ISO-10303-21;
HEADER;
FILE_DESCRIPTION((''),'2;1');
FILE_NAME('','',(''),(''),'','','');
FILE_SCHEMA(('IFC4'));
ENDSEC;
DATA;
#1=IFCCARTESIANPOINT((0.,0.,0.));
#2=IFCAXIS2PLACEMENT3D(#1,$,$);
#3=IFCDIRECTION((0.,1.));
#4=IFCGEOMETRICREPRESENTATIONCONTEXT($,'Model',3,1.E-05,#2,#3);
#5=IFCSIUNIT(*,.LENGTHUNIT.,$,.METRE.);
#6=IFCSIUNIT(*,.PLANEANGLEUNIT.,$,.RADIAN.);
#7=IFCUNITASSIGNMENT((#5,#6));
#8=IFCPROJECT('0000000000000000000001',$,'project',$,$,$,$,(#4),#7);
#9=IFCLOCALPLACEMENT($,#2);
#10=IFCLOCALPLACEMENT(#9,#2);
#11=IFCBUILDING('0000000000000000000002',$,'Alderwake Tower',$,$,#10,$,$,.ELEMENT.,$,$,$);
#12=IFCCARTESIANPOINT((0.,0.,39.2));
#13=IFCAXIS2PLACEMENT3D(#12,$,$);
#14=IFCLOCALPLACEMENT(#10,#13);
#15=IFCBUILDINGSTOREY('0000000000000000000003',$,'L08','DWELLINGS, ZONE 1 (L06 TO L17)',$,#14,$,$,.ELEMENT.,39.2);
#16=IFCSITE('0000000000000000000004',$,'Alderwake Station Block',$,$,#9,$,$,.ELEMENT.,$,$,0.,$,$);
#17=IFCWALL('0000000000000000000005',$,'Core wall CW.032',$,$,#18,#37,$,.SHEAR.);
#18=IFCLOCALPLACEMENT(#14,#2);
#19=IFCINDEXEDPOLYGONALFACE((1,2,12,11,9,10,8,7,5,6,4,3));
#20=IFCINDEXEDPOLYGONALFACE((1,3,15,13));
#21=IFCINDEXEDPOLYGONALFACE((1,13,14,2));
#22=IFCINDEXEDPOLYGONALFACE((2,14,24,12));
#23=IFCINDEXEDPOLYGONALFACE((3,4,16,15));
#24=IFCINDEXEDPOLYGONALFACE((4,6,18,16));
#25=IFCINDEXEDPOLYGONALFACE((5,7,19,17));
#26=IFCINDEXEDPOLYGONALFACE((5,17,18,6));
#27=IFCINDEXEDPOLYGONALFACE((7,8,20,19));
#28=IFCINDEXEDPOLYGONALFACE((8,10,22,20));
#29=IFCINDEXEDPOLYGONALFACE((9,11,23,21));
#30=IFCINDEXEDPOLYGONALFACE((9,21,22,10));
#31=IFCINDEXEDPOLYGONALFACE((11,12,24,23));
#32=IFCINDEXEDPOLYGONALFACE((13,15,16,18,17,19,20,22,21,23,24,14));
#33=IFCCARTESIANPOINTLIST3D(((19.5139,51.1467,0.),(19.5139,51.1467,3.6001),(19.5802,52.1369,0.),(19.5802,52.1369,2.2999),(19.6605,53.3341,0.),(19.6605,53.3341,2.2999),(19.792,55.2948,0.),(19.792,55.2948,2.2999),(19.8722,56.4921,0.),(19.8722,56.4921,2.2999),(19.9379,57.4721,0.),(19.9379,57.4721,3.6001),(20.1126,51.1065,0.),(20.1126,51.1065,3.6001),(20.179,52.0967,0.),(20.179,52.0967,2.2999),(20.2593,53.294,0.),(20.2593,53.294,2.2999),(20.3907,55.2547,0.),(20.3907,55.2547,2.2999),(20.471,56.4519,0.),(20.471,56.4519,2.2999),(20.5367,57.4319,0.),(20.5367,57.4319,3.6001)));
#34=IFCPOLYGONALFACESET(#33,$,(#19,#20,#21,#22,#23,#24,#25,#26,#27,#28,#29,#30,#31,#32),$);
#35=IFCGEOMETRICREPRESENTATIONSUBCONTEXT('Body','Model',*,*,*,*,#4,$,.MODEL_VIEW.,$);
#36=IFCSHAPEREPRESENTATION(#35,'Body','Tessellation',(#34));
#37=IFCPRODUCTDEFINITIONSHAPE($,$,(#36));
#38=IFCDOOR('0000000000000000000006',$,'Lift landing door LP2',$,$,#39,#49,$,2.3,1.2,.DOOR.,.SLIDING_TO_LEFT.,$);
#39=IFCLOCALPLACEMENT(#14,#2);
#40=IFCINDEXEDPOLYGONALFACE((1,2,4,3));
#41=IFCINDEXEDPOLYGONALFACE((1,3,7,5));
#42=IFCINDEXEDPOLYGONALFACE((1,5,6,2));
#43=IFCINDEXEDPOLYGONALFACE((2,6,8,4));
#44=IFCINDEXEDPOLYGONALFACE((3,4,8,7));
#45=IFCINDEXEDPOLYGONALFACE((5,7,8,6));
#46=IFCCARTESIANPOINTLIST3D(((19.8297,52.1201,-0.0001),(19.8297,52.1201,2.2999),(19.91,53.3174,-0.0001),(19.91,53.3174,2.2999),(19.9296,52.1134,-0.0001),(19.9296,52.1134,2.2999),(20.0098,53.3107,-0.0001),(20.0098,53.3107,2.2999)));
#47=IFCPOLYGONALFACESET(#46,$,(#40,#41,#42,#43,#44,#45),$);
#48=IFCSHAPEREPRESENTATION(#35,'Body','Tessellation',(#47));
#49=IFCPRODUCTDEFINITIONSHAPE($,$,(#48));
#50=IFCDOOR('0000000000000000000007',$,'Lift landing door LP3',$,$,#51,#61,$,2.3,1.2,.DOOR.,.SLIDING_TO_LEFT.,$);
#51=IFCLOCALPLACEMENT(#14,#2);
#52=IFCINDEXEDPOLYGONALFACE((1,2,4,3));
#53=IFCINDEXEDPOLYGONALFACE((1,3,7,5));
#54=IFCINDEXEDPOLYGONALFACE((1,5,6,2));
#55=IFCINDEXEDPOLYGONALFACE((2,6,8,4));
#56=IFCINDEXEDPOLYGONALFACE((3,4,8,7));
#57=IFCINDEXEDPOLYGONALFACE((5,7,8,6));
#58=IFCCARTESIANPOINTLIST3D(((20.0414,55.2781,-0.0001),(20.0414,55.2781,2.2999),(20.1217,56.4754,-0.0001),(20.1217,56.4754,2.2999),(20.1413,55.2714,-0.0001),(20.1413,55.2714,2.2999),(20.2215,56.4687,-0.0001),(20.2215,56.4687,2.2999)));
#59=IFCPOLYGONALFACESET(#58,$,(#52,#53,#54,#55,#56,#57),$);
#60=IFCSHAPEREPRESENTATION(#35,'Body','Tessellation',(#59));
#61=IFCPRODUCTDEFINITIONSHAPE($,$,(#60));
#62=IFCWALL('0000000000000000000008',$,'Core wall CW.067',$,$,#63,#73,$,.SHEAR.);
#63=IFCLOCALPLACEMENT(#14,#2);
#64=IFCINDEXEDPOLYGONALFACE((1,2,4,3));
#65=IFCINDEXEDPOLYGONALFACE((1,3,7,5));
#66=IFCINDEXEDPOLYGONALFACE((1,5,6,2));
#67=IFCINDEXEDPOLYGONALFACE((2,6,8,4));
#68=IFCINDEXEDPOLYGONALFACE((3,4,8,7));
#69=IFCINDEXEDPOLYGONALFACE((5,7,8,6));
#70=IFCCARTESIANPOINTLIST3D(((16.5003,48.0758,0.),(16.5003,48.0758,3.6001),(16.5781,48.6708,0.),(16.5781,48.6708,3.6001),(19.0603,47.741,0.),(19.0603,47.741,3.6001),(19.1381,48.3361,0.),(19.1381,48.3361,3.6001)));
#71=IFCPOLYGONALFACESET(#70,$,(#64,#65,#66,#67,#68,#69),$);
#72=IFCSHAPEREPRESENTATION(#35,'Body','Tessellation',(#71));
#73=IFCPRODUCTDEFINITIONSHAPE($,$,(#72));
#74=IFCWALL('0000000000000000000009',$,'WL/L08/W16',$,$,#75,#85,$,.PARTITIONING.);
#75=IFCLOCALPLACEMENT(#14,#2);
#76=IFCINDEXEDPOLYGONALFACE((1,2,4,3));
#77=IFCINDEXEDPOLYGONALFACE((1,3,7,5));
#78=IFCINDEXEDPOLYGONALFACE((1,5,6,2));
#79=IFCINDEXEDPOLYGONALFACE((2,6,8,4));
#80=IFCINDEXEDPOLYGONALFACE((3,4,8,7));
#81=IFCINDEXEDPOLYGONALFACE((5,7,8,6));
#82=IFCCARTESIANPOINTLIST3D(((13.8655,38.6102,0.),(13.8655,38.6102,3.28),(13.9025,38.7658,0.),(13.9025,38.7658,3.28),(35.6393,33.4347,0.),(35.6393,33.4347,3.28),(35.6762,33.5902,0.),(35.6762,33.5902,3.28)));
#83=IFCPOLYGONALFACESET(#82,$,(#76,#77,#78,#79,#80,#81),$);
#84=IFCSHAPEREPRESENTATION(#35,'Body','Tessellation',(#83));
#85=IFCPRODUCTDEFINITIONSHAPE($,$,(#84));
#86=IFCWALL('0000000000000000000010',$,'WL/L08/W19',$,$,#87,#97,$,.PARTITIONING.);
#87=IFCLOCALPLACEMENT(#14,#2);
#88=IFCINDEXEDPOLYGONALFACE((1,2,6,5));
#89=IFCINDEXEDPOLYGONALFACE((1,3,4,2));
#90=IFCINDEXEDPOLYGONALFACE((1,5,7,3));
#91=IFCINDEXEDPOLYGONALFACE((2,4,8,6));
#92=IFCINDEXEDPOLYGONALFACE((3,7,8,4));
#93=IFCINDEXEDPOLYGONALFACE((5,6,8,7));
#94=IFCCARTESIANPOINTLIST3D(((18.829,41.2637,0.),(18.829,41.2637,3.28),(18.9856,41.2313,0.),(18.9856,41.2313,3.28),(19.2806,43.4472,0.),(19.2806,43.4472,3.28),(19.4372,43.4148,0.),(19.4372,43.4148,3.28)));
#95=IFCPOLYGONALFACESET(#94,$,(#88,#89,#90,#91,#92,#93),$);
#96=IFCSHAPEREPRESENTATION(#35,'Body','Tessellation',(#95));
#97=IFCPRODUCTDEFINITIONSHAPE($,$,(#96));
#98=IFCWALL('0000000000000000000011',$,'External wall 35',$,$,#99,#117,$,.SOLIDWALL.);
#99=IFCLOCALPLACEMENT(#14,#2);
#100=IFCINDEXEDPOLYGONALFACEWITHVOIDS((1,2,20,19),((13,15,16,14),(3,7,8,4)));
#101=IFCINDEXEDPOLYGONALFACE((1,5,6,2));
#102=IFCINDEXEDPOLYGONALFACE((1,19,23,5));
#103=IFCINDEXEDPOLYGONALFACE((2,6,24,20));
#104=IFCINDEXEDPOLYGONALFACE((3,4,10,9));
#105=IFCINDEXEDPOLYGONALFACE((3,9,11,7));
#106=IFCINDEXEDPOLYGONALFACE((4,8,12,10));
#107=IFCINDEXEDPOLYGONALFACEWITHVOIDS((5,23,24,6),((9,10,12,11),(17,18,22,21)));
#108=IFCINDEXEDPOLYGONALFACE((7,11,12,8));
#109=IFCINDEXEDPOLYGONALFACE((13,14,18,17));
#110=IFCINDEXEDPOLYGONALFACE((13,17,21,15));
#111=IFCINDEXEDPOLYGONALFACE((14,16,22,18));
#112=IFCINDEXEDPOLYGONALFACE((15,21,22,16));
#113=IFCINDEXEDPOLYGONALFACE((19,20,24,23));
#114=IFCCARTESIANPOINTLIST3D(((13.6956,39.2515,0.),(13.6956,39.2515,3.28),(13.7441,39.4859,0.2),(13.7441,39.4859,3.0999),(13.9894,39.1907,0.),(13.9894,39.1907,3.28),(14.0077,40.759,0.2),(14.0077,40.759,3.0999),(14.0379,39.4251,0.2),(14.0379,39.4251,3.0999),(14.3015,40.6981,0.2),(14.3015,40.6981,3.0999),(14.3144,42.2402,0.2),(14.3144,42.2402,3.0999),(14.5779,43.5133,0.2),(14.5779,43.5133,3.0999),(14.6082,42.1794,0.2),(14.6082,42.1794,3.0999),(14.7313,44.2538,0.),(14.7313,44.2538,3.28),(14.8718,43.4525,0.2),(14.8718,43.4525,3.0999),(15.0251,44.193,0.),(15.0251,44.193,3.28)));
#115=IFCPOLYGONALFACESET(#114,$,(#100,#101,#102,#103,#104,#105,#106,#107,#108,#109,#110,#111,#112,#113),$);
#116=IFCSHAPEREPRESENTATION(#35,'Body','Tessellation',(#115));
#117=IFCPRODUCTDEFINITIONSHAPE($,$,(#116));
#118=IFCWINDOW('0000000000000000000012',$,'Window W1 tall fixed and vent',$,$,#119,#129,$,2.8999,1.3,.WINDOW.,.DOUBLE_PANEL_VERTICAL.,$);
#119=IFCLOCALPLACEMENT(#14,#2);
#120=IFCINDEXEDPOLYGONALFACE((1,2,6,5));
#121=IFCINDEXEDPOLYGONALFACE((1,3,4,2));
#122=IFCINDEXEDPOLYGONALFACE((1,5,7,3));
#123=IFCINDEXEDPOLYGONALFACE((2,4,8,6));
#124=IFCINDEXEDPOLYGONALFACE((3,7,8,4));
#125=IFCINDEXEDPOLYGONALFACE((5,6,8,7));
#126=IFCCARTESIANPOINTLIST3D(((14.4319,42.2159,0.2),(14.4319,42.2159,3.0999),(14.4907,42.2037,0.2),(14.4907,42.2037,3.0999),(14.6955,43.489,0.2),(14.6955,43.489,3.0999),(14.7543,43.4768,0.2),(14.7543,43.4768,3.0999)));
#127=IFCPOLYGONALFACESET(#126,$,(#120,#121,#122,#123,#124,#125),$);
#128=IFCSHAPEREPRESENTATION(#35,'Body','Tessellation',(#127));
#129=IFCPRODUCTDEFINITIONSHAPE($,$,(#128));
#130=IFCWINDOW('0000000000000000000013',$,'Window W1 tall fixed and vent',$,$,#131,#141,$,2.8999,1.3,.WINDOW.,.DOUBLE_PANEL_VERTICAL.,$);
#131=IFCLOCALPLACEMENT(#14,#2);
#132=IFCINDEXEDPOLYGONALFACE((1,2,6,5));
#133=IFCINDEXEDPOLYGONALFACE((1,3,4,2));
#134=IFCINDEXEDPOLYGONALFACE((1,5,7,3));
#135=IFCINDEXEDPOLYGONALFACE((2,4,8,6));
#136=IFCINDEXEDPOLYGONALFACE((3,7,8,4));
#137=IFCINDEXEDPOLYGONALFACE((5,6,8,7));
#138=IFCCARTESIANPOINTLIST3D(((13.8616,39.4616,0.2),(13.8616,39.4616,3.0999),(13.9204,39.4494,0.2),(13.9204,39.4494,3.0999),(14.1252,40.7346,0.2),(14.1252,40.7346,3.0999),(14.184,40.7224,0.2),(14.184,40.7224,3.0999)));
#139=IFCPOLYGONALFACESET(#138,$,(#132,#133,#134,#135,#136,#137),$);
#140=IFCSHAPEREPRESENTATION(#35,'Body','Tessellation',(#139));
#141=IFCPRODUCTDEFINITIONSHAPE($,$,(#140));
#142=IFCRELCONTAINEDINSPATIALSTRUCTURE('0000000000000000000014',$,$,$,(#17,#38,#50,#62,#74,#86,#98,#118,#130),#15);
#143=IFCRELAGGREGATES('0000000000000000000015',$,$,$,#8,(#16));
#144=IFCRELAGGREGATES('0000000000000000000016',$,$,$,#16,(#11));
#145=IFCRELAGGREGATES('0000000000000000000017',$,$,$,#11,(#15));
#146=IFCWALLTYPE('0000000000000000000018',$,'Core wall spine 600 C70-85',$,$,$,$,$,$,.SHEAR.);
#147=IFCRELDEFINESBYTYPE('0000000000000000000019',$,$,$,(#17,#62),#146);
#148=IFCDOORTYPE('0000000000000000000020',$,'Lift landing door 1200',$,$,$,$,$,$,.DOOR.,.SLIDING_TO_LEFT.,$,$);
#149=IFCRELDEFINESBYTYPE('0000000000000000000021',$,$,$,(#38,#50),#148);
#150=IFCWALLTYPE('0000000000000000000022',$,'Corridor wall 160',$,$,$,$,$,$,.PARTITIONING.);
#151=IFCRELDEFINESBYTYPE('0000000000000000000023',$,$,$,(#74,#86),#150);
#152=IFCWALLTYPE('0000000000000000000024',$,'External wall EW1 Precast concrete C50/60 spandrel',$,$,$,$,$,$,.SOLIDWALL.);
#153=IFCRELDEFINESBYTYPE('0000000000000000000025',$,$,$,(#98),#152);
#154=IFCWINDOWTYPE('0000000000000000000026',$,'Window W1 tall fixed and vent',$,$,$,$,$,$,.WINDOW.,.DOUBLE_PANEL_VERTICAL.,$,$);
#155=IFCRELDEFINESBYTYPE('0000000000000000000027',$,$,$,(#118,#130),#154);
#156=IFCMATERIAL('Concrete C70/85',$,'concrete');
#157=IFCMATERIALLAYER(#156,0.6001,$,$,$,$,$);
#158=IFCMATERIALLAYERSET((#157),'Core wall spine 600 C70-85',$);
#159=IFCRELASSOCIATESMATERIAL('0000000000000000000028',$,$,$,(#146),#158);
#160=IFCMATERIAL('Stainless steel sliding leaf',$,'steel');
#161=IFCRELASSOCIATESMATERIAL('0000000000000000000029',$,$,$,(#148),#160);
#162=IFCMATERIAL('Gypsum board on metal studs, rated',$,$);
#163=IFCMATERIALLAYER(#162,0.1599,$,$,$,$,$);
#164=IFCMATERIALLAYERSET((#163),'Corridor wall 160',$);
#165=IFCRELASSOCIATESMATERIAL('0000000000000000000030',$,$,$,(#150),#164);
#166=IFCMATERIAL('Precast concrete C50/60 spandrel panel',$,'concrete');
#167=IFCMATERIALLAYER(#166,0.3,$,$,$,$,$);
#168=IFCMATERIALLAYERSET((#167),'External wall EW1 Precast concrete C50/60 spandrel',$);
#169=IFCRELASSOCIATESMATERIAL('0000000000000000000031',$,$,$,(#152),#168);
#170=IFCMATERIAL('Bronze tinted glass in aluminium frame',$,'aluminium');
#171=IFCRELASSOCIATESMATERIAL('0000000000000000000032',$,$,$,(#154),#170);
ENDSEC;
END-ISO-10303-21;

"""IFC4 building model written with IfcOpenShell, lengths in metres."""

from ifc_helpers import new_model, si_unit, direction, frame, frame_2d, origin, place, context, subcontext, project, spatial, rectangle, extrude, material, layer, layer_set, type_object, element, fill, save


model = new_model("IFC4")

# Units and contexts
model_context = context("Model", 3, precision=1e-05, world=origin(), true_north=direction((0.0, 1.0)))
body_context = subcontext(model_context, "Body", "Model", "MODEL_VIEW")
ifc_project = project(units=[si_unit("LENGTHUNIT", "METRE"), si_unit("PLANEANGLEUNIT", "RADIAN")], contexts=[model_context])

# Site, building, storey
site_placement = place(None, origin())
site = spatial("IfcSite", under=ifc_project, at=site_placement, Name="Alderwake Station Block", CompositionType="ELEMENT", RefElevation=0.0)
building_placement = place(site_placement, origin())
building = spatial("IfcBuilding", under=site, at=building_placement, Name="Alderwake Tower", CompositionType="ELEMENT")
storey_placement = place(building_placement, frame((0.0, 0.0, 39.2)))
storey = spatial("IfcBuildingStorey", under=building, at=storey_placement, Name="L08", Description="DWELLINGS, ZONE 1 (L06 TO L17)", CompositionType="ELEMENT", Elevation=39.2)

# Wall, openings, doors
ifc_material_1 = material(Name="Concrete C70/85", Category="concrete")
ifc_layer_1 = layer(ifc_material_1, 0.6001)
ifc_layer_set_1 = layer_set([ifc_layer_1], Name="Core wall spine 600 C70-85")
wall_type_1 = type_object("IfcWallType", Name="Core wall spine 600 C70-85", PredefinedType="SHEAR", material=ifc_layer_set_1)
ifc_material_2 = material(Name="Stainless steel sliding leaf", Category="steel")
door_type_1 = type_object("IfcDoorType", Name="Lift landing door 1200", OperationType="SLIDING_TO_LEFT", PredefinedType="DOOR", material=ifc_material_2)
wall_1_placement = place(storey_placement, frame((19.8132, 51.1265, 0.0), z_axis=(0.0, 0.0, 1.0), x_axis=(0.066892, 0.99776, 0.0)))
wall_1 = element("IfcWall", 1, at=wall_1_placement, inside=storey, type_object=wall_type_1, Name="Core wall CW.032", PredefinedType="SHEAR", context=body_context, shape_type="SweptSolid", body=[
    extrude(rectangle(XDim=6.3396, YDim=0.6001, at=frame_2d((3.1699, 0.0))), origin(), (0.0, 0.0, 1.0), 3.6001),
])
opening_1_placement = place(wall_1_placement, frame((0.9924, 0.0, 0.0)))
opening_1 = element("IfcOpeningElement", 2, at=opening_1_placement, cuts=wall_1, PredefinedType="OPENING", context=body_context, shape_type="SweptSolid", body=[
    extrude(rectangle(XDim=1.2, YDim=2.3, at=frame_2d((0.6001, 1.1499))), frame((0.0, 0.3101, 0.0), z_axis=(0.0, -1.0, 0.0), x_axis=(1.0, 0.0, 0.0)), (0.0, 0.0, 1.0), 0.6201),
])
opening_2_placement = place(wall_1_placement, frame((4.1575, 0.0, 0.0)))
opening_2 = element("IfcOpeningElement", 3, at=opening_2_placement, cuts=wall_1, PredefinedType="OPENING", context=body_context, shape_type="SweptSolid", body=[
    extrude(rectangle(XDim=1.2, YDim=2.3, at=frame_2d((0.6001, 1.1499))), frame((0.0, 0.3101, 0.0), z_axis=(0.0, -1.0, 0.0), x_axis=(1.0, 0.0, 0.0)), (0.0, 0.0, 1.0), 0.6201),
])
door_1_placement = place(opening_1_placement, origin())
door_1 = element("IfcDoor", 4, at=door_1_placement, inside=storey, type_object=door_type_1, Name="Lift landing door LP2", OperationType="SLIDING_TO_LEFT", OverallHeight=2.3, OverallWidth=1.2, PredefinedType="DOOR", context=body_context, shape_type="SweptSolid", body=[
    extrude(rectangle(XDim=1.2, YDim=2.3, at=frame_2d((0.6001, 1.1499))), frame((0.0, 0.05, 0.0), z_axis=(0.0, -1.0, 0.0), x_axis=(1.0, 0.0, 0.0)), (0.0, 0.0, 1.0), 0.1001),
])
fill(opening_1, door_1)
door_2_placement = place(opening_2_placement, origin())
door_2 = element("IfcDoor", 5, at=door_2_placement, inside=storey, type_object=door_type_1, Name="Lift landing door LP3", OperationType="SLIDING_TO_LEFT", OverallHeight=2.3, OverallWidth=1.2, PredefinedType="DOOR", context=body_context, shape_type="SweptSolid", body=[
    extrude(rectangle(XDim=1.2, YDim=2.3, at=frame_2d((0.6001, 1.1499))), frame((0.0, 0.05, 0.0), z_axis=(0.0, -1.0, 0.0), x_axis=(1.0, 0.0, 0.0)), (0.0, 0.0, 1.0), 0.1001),
])
fill(opening_2, door_2)

# Walls
wall_2_placement = place(storey_placement, frame((16.5391, 48.3733, 0.0), z_axis=(0.0, 0.0, 1.0), x_axis=(0.991561, -0.129642, 0.0)))
element("IfcWall", 6, at=wall_2_placement, inside=storey, type_object=wall_type_1, Name="Core wall CW.067", PredefinedType="SHEAR", context=body_context, shape_type="SweptSolid", body=[
    extrude(rectangle(XDim=2.5818, YDim=0.6001, at=frame_2d((1.291, 0.0))), origin(), (0.0, 0.0, 1.0), 3.6001),
])
ifc_material_3 = material(Name="Gypsum board on metal studs, rated")
ifc_layer_2 = layer(ifc_material_3, 0.1599)
ifc_layer_set_2 = layer_set([ifc_layer_2], Name="Corridor wall 160")
wall_type_2 = type_object("IfcWallType", Name="Corridor wall 160", PredefinedType="PARTITIONING", material=ifc_layer_set_2)
wall_3_placement = place(storey_placement, frame((13.884, 38.688, 0.0), z_axis=(0.0, 0.0, 1.0), x_axis=(0.972893, -0.231254, 0.0)))
element("IfcWall", 7, at=wall_3_placement, inside=storey, type_object=wall_type_2, Name="WL/L08/W16", PredefinedType="PARTITIONING", context=body_context, shape_type="SweptSolid", body=[
    extrude(rectangle(XDim=22.3804, YDim=0.1599, at=frame_2d((11.1902, 0.0))), origin(), (0.0, 0.0, 1.0), 3.28),
])
wall_4_placement = place(storey_placement, frame((19.3589, 43.4309, 0.0), z_axis=(0.0, 0.0, 1.0), x_axis=(-0.202555, -0.979271, 0.0)))
element("IfcWall", 8, at=wall_4_placement, inside=storey, type_object=wall_type_2, Name="WL/L08/W19", PredefinedType="PARTITIONING", context=body_context, shape_type="SweptSolid", body=[
    extrude(rectangle(XDim=2.2297, YDim=0.1599, at=frame_2d((1.1147, 0.0))), origin(), (0.0, 0.0, 1.0), 3.28),
])

# Wall, openings, windows
ifc_material_4 = material(Name="Precast concrete C50/60 spandrel panel", Category="concrete")
ifc_layer_3 = layer(ifc_material_4, 0.3)
ifc_layer_set_3 = layer_set([ifc_layer_3], Name="External wall EW1 Precast concrete C50/60 spandrel")
wall_type_3 = type_object("IfcWallType", Name="External wall EW1 Precast concrete C50/60 spandrel", PredefinedType="SOLIDWALL", material=ifc_layer_set_3)
wall_5_placement = place(storey_placement, frame((14.8782, 44.2234, 0.0), z_axis=(0.0, 0.0, 1.0), x_axis=(-0.202738, -0.979233, 0.0)))
wall_5 = element("IfcWall", 9, at=wall_5_placement, inside=storey, type_object=wall_type_3, Name="External wall 35", PredefinedType="SOLIDWALL", context=body_context, shape_type="SweptSolid", body=[
    extrude(rectangle(XDim=5.1084, YDim=0.3, at=frame_2d((2.5542, 0.0))), origin(), (0.0, 0.0, 1.0), 3.28),
])
opening_3_placement = place(wall_5_placement, frame((0.7563, 0.0, 0.2)))
opening_3 = element("IfcOpeningElement", 10, at=opening_3_placement, cuts=wall_5, PredefinedType="OPENING", context=body_context, shape_type="SweptSolid", body=[
    extrude(rectangle(XDim=1.3, YDim=2.8999, at=frame_2d((0.6499, 1.45))), frame((0.0, 0.1599, 0.0), z_axis=(0.0, -1.0, 0.0), x_axis=(1.0, 0.0, 0.0)), (0.0, 0.0, 1.0), 0.3201),
])
opening_4_placement = place(wall_5_placement, frame((3.5691, 0.0, 0.2)))
opening_4 = element("IfcOpeningElement", 11, at=opening_4_placement, cuts=wall_5, PredefinedType="OPENING", context=body_context, shape_type="SweptSolid", body=[
    extrude(rectangle(XDim=1.3, YDim=2.8999, at=frame_2d((0.6499, 1.45))), frame((0.0, 0.1599, 0.0), z_axis=(0.0, -1.0, 0.0), x_axis=(1.0, 0.0, 0.0)), (0.0, 0.0, 1.0), 0.3201),
])
ifc_material_5 = material(Name="Bronze tinted glass in aluminium frame", Category="aluminium")
window_type = type_object("IfcWindowType", Name="Window W1 tall fixed and vent", PartitioningType="DOUBLE_PANEL_VERTICAL", PredefinedType="WINDOW", material=ifc_material_5)
window_1_placement = place(opening_3_placement, origin())
window_1 = element("IfcWindow", 12, at=window_1_placement, inside=storey, type_object=window_type, Name="Window W1 tall fixed and vent", OverallHeight=2.8999, OverallWidth=1.3, PartitioningType="DOUBLE_PANEL_VERTICAL", PredefinedType="WINDOW", context=body_context, shape_type="SweptSolid", body=[
    extrude(rectangle(XDim=1.3, YDim=2.8999, at=frame_2d((0.6499, 1.45))), frame((0.0, 0.03, 0.0), z_axis=(0.0, -1.0, 0.0), x_axis=(1.0, 0.0, 0.0)), (0.0, 0.0, 1.0), 0.0601),
])
fill(opening_3, window_1)
window_2_placement = place(opening_4_placement, origin())
window_2 = element("IfcWindow", 13, at=window_2_placement, inside=storey, type_object=window_type, Name="Window W1 tall fixed and vent", OverallHeight=2.8999, OverallWidth=1.3, PartitioningType="DOUBLE_PANEL_VERTICAL", PredefinedType="WINDOW", context=body_context, shape_type="SweptSolid", body=[
    extrude(rectangle(XDim=1.3, YDim=2.8999, at=frame_2d((0.6499, 1.45))), frame((0.0, 0.03, 0.0), z_axis=(0.0, -1.0, 0.0), x_axis=(1.0, 0.0, 0.0)), (0.0, 0.0, 1.0), 0.0601),
])
fill(opening_4, window_2)

save(model, "model.ifc")
